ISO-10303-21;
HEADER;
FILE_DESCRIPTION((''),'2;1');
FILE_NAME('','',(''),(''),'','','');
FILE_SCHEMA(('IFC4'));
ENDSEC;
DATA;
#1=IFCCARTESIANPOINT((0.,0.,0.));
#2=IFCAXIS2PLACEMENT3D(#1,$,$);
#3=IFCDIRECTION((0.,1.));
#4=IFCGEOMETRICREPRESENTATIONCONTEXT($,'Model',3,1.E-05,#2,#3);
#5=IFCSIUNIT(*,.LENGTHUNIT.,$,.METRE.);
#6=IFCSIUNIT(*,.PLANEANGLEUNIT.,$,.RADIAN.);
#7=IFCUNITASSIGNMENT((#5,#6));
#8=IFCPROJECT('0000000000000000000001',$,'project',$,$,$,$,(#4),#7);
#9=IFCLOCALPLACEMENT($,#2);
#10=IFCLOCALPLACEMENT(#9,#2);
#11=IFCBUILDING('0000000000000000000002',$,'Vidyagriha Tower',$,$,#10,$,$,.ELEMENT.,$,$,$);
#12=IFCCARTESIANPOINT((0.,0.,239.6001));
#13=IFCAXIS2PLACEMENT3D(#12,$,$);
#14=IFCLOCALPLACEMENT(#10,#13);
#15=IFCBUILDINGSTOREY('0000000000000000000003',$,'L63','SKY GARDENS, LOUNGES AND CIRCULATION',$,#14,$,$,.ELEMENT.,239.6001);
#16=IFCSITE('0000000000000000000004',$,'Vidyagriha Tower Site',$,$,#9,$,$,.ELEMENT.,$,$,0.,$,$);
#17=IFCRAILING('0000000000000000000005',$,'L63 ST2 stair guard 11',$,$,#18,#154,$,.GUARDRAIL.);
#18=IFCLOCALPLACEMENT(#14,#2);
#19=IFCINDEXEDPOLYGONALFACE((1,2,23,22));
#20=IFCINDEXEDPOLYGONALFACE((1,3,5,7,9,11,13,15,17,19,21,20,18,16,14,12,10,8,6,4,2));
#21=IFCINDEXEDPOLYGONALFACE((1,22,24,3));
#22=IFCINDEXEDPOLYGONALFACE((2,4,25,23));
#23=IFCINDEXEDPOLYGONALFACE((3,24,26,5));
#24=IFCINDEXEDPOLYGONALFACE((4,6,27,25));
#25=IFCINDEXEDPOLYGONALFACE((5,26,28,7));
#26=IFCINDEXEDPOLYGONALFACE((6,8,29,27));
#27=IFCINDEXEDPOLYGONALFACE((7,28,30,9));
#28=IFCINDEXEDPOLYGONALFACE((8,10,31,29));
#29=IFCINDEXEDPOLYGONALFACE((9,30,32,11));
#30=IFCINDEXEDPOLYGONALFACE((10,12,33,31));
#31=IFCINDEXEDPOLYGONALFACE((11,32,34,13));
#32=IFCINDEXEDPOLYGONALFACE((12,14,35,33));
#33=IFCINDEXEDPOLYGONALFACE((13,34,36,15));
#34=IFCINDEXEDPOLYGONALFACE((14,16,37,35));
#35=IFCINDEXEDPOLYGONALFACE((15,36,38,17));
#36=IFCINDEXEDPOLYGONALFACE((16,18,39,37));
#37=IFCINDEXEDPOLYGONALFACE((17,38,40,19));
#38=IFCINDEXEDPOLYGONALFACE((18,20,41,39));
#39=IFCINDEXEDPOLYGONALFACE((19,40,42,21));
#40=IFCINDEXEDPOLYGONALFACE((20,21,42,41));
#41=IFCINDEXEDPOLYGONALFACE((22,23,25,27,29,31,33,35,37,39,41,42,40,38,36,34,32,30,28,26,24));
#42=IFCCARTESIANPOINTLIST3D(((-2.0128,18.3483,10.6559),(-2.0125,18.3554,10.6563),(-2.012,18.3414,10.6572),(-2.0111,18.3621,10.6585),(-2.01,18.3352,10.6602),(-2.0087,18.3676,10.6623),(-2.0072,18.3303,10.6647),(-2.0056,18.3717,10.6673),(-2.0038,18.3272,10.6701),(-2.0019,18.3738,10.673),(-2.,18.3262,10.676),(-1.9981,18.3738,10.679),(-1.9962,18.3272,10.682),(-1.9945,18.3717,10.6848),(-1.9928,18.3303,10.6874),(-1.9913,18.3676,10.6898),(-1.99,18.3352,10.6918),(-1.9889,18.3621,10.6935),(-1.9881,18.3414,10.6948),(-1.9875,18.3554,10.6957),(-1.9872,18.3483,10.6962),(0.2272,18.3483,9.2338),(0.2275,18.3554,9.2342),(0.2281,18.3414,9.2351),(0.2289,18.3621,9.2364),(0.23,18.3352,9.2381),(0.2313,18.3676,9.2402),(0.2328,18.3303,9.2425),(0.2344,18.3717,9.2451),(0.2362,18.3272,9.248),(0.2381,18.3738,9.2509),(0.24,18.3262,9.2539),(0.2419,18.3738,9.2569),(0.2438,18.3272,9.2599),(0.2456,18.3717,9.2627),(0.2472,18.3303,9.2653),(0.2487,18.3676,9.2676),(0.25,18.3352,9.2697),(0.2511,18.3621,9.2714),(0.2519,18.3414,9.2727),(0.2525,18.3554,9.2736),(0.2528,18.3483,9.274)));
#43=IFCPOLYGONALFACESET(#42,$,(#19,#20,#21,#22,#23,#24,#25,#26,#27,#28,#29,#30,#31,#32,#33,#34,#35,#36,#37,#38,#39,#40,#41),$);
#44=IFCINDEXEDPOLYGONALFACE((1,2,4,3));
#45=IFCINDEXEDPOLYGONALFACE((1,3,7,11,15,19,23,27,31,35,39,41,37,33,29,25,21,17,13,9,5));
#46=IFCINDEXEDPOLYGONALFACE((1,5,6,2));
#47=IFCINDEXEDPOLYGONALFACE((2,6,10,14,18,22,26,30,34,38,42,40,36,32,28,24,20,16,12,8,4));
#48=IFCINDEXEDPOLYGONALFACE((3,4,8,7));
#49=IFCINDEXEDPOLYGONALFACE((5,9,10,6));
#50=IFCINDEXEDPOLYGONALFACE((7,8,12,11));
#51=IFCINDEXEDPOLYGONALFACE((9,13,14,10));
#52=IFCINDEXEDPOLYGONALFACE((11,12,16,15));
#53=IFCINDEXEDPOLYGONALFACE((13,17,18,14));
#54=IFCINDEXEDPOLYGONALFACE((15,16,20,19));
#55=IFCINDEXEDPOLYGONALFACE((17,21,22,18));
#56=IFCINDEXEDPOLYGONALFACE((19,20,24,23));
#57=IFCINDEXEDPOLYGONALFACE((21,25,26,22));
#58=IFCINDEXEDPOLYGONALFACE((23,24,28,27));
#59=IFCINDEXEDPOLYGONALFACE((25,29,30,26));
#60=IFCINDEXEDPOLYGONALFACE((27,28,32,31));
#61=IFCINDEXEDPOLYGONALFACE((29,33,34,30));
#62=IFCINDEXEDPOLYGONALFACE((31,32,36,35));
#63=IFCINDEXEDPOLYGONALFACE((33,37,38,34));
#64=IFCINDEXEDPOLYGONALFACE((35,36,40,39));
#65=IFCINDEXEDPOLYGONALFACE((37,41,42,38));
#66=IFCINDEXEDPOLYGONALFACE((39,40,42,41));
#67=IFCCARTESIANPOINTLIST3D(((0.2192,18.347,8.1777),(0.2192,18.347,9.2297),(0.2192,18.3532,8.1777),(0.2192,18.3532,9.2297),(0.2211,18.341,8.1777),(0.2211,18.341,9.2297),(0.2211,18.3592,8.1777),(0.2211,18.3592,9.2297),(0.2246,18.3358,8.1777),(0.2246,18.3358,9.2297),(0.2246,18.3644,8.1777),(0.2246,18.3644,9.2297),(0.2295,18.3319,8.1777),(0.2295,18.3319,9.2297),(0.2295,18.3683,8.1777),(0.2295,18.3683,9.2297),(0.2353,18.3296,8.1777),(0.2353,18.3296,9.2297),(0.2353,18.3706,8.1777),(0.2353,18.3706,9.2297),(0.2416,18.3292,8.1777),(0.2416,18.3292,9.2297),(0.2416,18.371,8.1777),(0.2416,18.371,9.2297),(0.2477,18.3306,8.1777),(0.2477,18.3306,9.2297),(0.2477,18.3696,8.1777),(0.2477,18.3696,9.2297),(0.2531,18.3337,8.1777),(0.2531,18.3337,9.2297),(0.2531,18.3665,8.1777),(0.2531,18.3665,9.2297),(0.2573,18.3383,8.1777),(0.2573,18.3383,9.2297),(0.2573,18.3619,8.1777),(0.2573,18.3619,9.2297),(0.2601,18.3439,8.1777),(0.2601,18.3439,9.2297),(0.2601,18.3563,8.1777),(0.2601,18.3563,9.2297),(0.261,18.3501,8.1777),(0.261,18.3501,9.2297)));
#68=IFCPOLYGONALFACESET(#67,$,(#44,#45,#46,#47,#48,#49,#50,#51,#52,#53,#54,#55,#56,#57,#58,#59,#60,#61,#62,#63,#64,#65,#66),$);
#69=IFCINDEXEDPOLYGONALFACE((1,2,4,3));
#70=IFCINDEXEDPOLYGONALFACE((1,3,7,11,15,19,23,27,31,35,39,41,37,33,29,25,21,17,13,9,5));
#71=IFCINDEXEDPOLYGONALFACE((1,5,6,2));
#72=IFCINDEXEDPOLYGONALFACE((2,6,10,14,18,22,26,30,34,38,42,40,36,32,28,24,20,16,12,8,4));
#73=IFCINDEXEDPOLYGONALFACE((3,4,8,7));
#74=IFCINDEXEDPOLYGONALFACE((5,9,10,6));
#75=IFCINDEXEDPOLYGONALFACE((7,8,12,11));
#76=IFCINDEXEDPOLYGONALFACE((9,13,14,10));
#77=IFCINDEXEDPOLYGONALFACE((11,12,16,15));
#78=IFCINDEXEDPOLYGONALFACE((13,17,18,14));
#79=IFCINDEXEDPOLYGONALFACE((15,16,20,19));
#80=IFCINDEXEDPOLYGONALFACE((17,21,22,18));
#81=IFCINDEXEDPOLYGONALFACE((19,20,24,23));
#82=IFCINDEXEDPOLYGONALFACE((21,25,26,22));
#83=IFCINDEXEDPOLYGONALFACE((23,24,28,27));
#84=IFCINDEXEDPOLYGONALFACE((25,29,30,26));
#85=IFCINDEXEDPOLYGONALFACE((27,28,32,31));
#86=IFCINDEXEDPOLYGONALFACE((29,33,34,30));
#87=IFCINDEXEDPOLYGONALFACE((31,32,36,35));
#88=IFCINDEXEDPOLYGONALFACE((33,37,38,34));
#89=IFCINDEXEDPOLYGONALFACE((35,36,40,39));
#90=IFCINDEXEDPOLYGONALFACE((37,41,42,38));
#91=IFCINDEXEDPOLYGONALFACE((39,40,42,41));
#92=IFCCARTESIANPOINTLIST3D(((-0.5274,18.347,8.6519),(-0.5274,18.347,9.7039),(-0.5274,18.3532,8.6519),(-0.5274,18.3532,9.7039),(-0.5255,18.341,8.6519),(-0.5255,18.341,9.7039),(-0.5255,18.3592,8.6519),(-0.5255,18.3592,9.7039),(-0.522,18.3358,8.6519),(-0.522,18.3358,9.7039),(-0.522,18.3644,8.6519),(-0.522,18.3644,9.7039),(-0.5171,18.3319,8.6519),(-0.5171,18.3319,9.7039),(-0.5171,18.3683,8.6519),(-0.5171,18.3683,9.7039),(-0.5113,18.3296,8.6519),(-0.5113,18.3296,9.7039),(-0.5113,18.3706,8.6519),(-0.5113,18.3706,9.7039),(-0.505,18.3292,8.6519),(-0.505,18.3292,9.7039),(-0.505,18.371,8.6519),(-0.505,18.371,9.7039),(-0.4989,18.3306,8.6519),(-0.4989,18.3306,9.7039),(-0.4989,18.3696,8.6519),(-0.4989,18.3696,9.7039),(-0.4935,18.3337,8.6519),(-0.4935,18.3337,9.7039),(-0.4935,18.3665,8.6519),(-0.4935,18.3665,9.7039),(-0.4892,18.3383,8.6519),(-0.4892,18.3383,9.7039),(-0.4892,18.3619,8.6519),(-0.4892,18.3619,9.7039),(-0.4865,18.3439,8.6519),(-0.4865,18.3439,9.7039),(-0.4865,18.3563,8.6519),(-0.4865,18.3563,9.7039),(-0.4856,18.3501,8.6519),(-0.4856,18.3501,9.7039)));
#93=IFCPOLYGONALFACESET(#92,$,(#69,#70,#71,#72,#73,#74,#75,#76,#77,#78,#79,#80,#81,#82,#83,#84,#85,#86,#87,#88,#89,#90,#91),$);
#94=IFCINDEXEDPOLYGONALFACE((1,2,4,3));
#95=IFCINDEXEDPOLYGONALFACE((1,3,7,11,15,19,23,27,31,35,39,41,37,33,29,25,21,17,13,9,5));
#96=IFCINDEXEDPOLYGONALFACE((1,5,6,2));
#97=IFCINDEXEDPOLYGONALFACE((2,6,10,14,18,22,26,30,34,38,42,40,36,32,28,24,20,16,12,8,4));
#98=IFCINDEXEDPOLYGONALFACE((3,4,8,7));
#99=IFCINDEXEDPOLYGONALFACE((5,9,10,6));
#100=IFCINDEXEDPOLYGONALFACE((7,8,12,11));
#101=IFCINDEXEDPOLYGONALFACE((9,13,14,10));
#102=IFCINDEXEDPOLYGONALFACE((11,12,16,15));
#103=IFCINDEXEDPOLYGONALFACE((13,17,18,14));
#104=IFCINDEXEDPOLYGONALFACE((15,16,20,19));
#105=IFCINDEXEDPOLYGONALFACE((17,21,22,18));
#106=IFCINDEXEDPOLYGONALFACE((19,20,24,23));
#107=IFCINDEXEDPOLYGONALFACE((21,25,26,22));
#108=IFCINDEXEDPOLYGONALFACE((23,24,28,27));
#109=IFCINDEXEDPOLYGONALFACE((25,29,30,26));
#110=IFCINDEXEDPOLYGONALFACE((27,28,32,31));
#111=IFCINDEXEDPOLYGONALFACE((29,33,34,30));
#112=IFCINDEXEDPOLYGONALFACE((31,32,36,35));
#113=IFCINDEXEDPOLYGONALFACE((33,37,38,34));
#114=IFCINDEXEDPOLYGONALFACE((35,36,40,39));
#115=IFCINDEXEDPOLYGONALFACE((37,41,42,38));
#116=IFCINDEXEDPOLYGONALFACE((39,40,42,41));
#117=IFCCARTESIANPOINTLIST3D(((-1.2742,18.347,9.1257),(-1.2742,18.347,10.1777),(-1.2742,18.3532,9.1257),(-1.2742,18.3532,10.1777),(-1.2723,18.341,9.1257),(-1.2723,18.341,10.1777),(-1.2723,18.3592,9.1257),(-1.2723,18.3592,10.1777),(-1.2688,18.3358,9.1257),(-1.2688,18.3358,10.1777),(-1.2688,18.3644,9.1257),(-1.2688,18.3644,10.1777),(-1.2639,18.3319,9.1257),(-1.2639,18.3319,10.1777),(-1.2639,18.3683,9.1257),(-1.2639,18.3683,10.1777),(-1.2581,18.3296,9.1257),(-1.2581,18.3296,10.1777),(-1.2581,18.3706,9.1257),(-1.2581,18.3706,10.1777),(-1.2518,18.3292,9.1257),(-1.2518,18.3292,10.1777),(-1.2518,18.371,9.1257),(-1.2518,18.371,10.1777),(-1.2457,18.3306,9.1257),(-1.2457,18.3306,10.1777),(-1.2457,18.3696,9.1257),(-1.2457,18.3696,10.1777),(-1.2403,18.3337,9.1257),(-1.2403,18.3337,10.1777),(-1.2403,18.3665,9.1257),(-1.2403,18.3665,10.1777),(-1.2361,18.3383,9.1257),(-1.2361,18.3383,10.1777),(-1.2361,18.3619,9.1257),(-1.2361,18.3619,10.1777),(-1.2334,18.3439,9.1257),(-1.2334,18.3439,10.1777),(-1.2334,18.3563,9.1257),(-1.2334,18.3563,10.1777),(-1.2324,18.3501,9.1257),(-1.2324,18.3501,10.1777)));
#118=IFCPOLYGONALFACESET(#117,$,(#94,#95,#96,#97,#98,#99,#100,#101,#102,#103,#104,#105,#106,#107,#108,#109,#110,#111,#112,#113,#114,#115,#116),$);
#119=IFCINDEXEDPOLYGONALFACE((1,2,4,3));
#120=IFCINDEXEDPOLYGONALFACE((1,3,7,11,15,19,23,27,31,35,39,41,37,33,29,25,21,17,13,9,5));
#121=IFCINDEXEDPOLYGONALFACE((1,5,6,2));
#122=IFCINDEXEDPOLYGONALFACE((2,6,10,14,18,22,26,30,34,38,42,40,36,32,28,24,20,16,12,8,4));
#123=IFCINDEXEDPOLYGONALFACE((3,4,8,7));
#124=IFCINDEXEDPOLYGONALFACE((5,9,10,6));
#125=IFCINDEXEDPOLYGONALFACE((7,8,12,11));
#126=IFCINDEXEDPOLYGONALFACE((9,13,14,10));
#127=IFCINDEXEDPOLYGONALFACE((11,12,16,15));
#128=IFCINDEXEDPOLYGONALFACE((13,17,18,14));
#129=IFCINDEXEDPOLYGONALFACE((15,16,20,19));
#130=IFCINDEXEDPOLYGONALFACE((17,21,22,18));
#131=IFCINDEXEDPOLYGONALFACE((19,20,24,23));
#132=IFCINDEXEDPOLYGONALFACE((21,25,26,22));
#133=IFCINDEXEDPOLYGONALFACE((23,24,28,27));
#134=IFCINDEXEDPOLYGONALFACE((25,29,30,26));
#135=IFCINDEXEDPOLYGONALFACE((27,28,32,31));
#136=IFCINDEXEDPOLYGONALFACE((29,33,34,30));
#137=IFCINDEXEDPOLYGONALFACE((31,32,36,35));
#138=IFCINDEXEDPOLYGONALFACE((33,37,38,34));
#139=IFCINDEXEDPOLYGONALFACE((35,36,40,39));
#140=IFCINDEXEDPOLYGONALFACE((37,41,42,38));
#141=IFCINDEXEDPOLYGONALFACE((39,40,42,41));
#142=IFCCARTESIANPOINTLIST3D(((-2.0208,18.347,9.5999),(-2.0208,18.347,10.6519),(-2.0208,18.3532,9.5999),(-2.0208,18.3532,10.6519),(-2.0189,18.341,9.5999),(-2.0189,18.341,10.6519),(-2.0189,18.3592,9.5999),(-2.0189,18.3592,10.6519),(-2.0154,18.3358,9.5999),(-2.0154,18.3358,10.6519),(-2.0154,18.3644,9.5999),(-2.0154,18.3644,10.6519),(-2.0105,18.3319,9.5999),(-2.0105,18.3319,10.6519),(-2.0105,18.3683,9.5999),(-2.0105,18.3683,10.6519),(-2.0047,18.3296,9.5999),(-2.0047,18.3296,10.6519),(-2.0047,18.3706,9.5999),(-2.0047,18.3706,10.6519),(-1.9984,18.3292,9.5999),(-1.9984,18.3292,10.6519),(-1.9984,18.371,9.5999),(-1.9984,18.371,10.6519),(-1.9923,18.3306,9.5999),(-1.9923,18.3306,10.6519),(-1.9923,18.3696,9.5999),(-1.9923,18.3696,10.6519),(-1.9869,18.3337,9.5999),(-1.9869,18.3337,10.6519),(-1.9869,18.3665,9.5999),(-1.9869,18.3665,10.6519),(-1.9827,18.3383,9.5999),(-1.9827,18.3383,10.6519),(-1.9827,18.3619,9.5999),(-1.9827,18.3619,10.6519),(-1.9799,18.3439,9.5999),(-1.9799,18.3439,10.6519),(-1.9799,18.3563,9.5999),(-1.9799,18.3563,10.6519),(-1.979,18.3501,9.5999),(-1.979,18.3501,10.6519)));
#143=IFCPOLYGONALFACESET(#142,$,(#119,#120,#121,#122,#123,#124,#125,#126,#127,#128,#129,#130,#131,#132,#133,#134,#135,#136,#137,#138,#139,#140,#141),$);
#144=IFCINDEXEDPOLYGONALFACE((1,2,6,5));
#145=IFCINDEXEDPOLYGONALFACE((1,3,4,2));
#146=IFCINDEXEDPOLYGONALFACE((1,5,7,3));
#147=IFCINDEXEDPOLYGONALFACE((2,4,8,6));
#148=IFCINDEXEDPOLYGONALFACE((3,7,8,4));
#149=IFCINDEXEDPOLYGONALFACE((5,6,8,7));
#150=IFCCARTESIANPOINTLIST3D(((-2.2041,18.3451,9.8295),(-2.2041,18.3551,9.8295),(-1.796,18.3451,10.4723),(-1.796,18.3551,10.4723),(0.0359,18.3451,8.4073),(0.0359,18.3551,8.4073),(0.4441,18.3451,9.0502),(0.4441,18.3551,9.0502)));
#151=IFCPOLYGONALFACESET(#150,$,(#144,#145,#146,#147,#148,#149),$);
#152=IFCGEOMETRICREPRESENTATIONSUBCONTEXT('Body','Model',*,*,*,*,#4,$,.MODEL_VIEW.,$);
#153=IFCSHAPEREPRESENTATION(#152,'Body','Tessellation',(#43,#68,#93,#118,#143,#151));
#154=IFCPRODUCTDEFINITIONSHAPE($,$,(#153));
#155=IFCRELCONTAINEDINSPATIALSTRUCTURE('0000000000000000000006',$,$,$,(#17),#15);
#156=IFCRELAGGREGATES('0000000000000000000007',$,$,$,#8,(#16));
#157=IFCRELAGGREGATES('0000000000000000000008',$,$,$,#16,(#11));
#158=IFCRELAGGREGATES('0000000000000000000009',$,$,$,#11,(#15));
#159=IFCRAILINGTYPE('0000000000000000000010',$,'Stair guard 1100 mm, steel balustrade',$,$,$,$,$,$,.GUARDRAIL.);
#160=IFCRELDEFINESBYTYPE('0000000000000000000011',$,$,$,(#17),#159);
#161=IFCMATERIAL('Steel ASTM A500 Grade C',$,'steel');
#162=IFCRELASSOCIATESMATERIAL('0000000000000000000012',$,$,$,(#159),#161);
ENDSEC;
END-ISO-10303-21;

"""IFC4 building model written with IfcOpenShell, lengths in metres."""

from ifc_helpers import new_model, si_unit, direction, frame, origin, origin_2d, place, context, subcontext, project, spatial, rectangle, circle, extrude, material, type_object, element, save


model = new_model("IFC4")

# Units and contexts
model_context = context("Model", 3, precision=1e-05, world=origin(), true_north=direction((0.0, 1.0)))
body_context = subcontext(model_context, "Body", "Model", "MODEL_VIEW")
ifc_project = project(units=[si_unit("LENGTHUNIT", "METRE"), si_unit("PLANEANGLEUNIT", "RADIAN")], contexts=[model_context])

# Site, building, storey
site_placement = place(None, origin())
site = spatial("IfcSite", under=ifc_project, at=site_placement, Name="Vidyagriha Tower Site", CompositionType="ELEMENT", RefElevation=0.0)
building_placement = place(site_placement, origin())
building = spatial("IfcBuilding", under=site, at=building_placement, Name="Vidyagriha Tower", CompositionType="ELEMENT")
storey_placement = place(building_placement, frame((0.0, 0.0, 239.6001)))
storey = spatial("IfcBuildingStorey", under=building, at=storey_placement, Name="L63", Description="SKY GARDENS, LOUNGES AND CIRCULATION", CompositionType="ELEMENT", Elevation=239.6001)

# Railing
ifc_material_1 = material(Name="Steel ASTM A500 Grade C", Category="steel")
railing_type_1 = type_object("IfcRailingType", Name="Stair guard 1100 mm, steel balustrade", PredefinedType="GUARDRAIL", material=ifc_material_1)
railing_1_placement = place(storey_placement, frame((0.24, 18.3501, 8.1777)))
element("IfcRailing", 1, at=railing_1_placement, inside=storey, type_object=railing_type_1, Name="L63 ST2 stair guard 11", PredefinedType="GUARDRAIL", context=body_context, shape_type="SweptSolid", body=[
    extrude(circle(Radius=0.0239, at=origin_2d()), frame((0.0, 0.0, 1.0762), z_axis=(-0.844229, 0.0, 0.535982), x_axis=(0.0, -1.0, 0.0)), (0.0, 0.0, 1.0), 2.6533),
    extrude(circle(Radius=0.021, at=origin_2d()), origin(), (0.0, 0.0, 1.0), 1.052),
    extrude(circle(Radius=0.021, at=origin_2d()), frame((-0.7466, 0.0, 0.4741)), (0.0, 0.0, 1.0), 1.052),
    extrude(circle(Radius=0.021, at=origin_2d()), frame((-1.4934, 0.0, 0.948)), (0.0, 0.0, 1.0), 1.052),
    extrude(circle(Radius=0.021, at=origin_2d()), frame((-2.24, 0.0, 1.4221)), (0.0, 0.0, 1.0), 1.052),
    extrude(rectangle(XDim=0.01, YDim=0.7615, at=origin_2d()), frame((0.0, 0.0, 0.551), z_axis=(-0.844229, 0.0, 0.535982), x_axis=(0.0, -1.0, 0.0)), (0.0, 0.0, 1.0), 2.6533),
])

save(model, "model.ifc")
